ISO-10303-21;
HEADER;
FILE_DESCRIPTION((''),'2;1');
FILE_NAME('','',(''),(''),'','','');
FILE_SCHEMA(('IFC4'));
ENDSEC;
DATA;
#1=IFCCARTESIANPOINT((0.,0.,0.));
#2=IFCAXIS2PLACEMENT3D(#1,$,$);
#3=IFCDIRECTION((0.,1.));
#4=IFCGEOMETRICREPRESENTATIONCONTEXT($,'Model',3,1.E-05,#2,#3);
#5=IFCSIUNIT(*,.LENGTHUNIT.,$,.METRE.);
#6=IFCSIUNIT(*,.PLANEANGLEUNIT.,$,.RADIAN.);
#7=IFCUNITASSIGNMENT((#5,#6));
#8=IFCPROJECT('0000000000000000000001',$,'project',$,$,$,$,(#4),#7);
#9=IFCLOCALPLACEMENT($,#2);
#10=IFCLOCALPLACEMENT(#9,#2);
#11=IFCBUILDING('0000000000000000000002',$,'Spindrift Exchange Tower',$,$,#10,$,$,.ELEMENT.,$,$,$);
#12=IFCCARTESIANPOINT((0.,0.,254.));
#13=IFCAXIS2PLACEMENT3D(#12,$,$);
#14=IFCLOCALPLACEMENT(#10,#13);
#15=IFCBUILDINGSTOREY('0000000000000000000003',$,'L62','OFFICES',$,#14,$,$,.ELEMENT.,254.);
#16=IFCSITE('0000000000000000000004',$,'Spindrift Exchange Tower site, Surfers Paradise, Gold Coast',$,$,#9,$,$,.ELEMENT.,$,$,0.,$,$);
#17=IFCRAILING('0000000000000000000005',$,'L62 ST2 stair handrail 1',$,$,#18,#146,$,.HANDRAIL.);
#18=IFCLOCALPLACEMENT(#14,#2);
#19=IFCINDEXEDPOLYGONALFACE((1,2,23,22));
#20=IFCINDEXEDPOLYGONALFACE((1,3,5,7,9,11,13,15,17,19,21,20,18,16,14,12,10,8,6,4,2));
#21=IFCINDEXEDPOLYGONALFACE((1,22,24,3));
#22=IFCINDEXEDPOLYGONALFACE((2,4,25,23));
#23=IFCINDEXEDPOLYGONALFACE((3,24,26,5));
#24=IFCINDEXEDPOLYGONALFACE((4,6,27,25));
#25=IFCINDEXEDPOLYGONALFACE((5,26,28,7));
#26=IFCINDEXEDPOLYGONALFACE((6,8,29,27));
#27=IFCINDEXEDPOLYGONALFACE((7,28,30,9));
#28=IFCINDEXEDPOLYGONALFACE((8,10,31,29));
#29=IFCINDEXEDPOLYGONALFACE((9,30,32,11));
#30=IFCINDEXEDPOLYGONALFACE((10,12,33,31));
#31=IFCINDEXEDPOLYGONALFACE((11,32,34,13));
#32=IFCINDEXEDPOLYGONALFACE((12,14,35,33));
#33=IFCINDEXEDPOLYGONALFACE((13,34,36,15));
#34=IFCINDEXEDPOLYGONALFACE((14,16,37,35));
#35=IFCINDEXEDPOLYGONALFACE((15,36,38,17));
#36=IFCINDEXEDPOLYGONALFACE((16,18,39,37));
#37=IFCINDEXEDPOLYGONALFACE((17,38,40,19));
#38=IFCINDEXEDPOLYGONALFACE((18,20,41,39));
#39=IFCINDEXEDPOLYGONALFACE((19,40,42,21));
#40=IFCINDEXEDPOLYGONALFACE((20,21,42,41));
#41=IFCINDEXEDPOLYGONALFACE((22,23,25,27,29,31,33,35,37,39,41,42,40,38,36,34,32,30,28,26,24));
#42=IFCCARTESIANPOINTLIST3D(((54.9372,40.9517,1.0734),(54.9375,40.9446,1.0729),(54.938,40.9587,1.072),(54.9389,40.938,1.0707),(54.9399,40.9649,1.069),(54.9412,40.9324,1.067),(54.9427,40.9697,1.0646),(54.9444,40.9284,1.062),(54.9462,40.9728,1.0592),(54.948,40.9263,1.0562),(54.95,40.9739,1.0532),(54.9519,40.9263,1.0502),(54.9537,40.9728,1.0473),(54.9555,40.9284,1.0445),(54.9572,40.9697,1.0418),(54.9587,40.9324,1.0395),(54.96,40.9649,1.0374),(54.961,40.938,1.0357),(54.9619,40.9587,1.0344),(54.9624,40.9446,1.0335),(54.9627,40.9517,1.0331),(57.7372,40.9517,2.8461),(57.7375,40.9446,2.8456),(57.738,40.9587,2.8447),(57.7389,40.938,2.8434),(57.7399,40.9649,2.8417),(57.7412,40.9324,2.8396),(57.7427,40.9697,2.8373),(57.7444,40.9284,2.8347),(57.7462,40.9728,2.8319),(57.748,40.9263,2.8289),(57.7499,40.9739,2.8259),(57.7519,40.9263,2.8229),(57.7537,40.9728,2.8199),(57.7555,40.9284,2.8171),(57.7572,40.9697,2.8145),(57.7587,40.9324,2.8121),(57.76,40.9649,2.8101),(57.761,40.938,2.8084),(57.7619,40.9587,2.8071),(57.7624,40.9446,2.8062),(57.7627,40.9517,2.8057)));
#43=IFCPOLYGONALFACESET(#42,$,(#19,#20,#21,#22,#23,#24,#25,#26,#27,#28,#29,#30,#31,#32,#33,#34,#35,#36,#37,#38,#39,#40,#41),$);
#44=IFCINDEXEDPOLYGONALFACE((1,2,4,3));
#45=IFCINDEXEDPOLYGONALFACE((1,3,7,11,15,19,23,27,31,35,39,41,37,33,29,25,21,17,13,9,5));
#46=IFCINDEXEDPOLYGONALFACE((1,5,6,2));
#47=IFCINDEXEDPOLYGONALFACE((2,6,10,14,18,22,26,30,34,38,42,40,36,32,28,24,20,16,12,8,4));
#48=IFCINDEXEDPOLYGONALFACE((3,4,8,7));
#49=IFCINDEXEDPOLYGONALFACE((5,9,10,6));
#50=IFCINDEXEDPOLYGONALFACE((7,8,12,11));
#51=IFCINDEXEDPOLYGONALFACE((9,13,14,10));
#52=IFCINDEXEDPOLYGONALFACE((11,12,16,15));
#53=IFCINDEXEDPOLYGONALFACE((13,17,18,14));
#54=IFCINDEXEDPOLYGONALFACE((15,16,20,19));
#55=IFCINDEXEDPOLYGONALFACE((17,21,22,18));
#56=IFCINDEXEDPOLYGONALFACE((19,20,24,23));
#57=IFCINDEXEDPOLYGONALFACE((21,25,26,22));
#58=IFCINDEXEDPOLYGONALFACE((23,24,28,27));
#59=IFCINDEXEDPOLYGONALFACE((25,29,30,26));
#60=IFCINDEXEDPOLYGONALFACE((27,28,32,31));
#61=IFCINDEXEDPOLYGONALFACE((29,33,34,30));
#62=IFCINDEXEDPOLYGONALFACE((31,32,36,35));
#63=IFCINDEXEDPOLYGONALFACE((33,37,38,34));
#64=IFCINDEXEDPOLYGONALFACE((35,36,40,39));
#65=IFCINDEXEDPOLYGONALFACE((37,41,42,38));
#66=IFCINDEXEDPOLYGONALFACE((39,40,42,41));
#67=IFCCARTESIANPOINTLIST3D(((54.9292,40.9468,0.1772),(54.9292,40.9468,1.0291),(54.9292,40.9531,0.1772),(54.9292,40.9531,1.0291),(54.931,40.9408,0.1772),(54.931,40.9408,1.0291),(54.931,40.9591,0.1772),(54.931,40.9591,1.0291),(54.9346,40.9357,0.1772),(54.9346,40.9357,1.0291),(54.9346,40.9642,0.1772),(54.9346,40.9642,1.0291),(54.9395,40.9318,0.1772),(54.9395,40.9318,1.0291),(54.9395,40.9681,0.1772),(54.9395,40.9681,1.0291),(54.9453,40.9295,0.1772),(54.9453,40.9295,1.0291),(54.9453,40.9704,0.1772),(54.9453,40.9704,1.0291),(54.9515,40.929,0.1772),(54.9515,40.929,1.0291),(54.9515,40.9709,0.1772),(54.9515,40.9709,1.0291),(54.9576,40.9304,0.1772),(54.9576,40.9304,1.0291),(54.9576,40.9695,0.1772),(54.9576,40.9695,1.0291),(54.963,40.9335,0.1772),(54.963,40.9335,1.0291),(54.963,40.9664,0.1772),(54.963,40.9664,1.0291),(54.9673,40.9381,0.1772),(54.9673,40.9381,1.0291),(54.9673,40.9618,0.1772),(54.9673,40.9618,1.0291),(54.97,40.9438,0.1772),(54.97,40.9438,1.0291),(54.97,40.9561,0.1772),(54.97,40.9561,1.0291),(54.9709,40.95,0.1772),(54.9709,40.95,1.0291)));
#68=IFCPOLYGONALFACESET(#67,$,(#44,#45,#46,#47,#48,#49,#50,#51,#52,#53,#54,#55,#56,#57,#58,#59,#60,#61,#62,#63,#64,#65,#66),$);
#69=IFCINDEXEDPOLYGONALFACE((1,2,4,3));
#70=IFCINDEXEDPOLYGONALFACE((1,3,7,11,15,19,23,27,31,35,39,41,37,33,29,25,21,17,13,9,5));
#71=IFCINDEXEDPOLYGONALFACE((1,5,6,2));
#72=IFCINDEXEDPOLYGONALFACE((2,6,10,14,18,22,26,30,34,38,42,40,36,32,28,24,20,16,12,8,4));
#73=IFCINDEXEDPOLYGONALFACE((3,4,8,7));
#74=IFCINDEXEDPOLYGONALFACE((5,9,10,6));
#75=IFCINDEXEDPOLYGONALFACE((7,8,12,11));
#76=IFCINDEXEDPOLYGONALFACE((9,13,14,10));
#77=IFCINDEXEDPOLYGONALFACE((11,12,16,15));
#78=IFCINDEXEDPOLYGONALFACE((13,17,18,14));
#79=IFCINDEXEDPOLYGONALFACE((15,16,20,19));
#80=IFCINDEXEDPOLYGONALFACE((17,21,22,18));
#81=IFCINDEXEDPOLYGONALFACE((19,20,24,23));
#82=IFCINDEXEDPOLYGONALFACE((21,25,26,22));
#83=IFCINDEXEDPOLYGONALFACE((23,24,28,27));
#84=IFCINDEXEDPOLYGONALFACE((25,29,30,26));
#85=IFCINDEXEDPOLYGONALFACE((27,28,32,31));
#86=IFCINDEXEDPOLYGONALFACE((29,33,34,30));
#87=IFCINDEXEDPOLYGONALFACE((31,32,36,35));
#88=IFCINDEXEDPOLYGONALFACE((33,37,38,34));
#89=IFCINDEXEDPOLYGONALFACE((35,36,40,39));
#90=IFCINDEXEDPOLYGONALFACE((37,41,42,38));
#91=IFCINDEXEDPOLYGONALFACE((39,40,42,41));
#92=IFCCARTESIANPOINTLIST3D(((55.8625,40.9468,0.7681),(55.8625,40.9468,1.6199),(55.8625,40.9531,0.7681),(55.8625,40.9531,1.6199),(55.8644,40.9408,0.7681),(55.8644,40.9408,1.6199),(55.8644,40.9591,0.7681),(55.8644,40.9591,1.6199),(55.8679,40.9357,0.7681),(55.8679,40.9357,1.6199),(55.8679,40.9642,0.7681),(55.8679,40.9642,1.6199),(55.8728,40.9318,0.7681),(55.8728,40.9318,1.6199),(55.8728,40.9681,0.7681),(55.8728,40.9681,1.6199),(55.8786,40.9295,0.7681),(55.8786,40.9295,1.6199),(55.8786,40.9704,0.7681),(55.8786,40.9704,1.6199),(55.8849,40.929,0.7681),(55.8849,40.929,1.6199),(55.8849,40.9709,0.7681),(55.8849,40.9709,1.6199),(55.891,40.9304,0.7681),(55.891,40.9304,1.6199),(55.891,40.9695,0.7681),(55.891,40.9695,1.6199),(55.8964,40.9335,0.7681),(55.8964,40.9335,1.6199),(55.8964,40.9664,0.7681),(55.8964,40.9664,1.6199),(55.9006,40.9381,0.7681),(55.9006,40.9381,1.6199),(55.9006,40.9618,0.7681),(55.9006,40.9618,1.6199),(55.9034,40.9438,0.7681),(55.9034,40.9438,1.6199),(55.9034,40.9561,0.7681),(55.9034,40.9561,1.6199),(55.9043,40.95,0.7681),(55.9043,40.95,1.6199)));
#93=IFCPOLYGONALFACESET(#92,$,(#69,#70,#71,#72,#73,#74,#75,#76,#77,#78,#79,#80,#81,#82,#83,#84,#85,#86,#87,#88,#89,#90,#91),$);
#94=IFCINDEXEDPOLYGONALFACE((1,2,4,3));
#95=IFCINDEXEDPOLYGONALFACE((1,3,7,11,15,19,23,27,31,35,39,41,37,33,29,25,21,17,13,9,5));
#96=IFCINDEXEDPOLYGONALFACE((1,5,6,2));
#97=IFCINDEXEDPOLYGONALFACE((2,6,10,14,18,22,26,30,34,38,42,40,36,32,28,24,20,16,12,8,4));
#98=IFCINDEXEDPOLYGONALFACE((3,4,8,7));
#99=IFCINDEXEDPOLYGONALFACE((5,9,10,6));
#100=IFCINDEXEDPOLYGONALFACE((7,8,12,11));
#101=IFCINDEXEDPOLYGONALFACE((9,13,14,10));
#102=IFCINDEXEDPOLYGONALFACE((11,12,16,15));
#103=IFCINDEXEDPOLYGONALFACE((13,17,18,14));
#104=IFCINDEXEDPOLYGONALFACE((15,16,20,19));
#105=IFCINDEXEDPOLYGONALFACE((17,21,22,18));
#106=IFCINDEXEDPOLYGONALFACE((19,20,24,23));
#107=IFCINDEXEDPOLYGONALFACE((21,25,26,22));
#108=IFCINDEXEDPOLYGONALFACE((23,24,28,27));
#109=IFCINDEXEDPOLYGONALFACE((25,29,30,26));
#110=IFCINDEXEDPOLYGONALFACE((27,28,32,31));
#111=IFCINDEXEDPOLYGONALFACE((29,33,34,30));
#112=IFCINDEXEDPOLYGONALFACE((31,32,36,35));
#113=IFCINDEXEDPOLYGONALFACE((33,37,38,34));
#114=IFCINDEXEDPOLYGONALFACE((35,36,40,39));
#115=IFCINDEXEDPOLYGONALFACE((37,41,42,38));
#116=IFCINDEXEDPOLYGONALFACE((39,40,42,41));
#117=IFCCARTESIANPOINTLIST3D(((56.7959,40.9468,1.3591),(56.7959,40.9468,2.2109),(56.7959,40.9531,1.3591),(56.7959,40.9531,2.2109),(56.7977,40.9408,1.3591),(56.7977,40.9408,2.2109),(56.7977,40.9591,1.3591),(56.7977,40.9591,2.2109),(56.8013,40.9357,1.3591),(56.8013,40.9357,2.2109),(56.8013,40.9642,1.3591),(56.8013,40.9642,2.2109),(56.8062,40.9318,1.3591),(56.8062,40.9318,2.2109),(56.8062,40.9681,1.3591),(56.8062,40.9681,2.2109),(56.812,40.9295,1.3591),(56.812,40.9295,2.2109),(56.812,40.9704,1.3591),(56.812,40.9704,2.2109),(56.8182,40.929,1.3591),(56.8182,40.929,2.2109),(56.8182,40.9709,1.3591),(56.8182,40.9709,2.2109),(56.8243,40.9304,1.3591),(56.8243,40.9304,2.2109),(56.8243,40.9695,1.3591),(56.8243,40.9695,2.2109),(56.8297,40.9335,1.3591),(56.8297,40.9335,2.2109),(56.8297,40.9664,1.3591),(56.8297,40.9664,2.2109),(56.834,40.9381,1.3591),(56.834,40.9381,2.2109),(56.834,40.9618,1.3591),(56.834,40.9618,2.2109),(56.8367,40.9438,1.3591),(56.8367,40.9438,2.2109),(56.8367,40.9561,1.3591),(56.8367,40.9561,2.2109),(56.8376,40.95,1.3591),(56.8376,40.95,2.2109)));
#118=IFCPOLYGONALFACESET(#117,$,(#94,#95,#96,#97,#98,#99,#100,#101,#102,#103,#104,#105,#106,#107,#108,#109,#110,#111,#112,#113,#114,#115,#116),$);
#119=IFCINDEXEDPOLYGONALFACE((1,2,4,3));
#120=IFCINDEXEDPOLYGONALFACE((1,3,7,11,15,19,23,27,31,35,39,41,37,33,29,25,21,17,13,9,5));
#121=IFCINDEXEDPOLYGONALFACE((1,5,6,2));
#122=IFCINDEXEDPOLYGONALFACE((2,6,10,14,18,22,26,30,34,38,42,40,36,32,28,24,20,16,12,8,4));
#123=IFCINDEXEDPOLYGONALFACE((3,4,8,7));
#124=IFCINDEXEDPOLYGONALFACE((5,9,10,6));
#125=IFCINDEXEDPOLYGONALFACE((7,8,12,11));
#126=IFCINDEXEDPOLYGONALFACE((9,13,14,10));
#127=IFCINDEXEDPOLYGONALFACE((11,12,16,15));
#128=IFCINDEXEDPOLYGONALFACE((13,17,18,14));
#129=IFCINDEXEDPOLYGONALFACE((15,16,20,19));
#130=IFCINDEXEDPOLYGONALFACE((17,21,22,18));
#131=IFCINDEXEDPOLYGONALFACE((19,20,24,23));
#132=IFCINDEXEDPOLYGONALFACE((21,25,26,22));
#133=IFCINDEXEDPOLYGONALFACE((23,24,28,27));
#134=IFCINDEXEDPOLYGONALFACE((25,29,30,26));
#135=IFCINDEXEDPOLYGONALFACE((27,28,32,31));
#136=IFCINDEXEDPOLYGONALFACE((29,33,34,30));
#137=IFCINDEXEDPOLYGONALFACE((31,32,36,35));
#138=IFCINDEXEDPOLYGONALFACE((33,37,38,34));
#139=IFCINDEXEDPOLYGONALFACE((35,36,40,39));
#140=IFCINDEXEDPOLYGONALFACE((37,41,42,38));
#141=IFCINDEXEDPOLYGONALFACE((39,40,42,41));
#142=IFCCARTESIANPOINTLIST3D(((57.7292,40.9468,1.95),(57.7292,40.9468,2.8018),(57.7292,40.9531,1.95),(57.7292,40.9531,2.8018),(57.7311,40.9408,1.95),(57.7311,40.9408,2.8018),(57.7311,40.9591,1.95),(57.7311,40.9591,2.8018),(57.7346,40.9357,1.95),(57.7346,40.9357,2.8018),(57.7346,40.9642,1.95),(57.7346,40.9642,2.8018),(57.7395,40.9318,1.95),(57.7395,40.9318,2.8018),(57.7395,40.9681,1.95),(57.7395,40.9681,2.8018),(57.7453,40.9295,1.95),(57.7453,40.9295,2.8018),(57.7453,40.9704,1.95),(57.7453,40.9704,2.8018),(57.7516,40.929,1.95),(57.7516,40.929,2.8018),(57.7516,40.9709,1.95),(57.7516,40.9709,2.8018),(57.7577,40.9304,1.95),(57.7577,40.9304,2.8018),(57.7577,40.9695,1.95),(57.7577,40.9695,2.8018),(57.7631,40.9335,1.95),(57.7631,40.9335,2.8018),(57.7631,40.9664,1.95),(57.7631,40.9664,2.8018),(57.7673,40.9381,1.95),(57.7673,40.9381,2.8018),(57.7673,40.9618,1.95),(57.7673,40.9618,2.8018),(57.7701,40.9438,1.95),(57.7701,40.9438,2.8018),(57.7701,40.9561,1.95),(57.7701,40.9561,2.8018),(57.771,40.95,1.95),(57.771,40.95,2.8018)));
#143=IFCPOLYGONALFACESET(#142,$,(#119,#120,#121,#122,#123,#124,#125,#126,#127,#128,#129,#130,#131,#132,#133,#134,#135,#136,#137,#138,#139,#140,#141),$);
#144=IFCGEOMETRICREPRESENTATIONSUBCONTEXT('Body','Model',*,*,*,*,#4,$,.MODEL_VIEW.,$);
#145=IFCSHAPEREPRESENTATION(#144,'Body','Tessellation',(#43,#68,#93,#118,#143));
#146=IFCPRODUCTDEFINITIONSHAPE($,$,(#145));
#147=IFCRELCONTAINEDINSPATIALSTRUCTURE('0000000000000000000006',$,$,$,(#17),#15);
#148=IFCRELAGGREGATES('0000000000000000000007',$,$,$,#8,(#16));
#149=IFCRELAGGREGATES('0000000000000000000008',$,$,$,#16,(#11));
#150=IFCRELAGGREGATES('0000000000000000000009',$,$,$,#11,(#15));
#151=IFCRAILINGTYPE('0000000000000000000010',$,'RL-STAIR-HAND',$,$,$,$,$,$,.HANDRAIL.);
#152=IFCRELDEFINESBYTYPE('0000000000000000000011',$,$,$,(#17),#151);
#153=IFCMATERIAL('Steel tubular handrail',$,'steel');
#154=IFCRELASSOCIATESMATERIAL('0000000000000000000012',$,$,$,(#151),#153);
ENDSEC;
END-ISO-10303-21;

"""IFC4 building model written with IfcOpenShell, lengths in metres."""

from ifc_helpers import new_model, si_unit, direction, frame, origin, origin_2d, place, context, subcontext, project, spatial, circle, extrude, material, type_object, element, save


model = new_model("IFC4")

# Units and contexts
model_context = context("Model", 3, precision=1e-05, world=origin(), true_north=direction((0.0, 1.0)))
body_context = subcontext(model_context, "Body", "Model", "MODEL_VIEW")
ifc_project = project(units=[si_unit("LENGTHUNIT", "METRE"), si_unit("PLANEANGLEUNIT", "RADIAN")], contexts=[model_context])

# Site, building, storey
site_placement = place(None, origin())
site = spatial("IfcSite", under=ifc_project, at=site_placement, Name="Spindrift Exchange Tower site, Surfers Paradise, Gold Coast", CompositionType="ELEMENT", RefElevation=0.0)
building_placement = place(site_placement, origin())
building = spatial("IfcBuilding", under=site, at=building_placement, Name="Spindrift Exchange Tower", CompositionType="ELEMENT")
storey_placement = place(building_placement, frame((0.0, 0.0, 254.0)))
storey = spatial("IfcBuildingStorey", under=building, at=storey_placement, Name="L62", Description="OFFICES", CompositionType="ELEMENT", Elevation=254.0)

# Railing
ifc_material_1 = material(Name="Steel tubular handrail", Category="steel")
railing_type_1 = type_object("IfcRailingType", Name="RL-STAIR-HAND", PredefinedType="HANDRAIL", material=ifc_material_1)
railing_1_placement = place(storey_placement, frame((54.95, 40.95, 0.1772)))
element("IfcRailing", 1, at=railing_1_placement, inside=storey, type_object=railing_type_1, Name="L62 ST2 stair handrail 1", PredefinedType="HANDRAIL", context=body_context, shape_type="SweptSolid", body=[
    extrude(circle(Radius=0.0239, at=origin_2d()), frame((0.0, 0.0, 0.876), z_axis=(0.844909, 0.0, 0.53491), x_axis=(0.0, 1.0, 0.0)), (0.0, 0.0, 1.0), 3.314),
    extrude(circle(Radius=0.021, at=origin_2d()), origin(), (0.0, 0.0, 1.0), 0.8518),
    extrude(circle(Radius=0.021, at=origin_2d()), frame((0.9333, 0.0, 0.5908)), (0.0, 0.0, 1.0), 0.8518),
    extrude(circle(Radius=0.021, at=origin_2d()), frame((1.8667, 0.0, 1.1819)), (0.0, 0.0, 1.0), 0.8518),
    extrude(circle(Radius=0.021, at=origin_2d()), frame((2.8, 0.0, 1.7727)), (0.0, 0.0, 1.0), 0.8518),
])

save(model, "model.ifc")
